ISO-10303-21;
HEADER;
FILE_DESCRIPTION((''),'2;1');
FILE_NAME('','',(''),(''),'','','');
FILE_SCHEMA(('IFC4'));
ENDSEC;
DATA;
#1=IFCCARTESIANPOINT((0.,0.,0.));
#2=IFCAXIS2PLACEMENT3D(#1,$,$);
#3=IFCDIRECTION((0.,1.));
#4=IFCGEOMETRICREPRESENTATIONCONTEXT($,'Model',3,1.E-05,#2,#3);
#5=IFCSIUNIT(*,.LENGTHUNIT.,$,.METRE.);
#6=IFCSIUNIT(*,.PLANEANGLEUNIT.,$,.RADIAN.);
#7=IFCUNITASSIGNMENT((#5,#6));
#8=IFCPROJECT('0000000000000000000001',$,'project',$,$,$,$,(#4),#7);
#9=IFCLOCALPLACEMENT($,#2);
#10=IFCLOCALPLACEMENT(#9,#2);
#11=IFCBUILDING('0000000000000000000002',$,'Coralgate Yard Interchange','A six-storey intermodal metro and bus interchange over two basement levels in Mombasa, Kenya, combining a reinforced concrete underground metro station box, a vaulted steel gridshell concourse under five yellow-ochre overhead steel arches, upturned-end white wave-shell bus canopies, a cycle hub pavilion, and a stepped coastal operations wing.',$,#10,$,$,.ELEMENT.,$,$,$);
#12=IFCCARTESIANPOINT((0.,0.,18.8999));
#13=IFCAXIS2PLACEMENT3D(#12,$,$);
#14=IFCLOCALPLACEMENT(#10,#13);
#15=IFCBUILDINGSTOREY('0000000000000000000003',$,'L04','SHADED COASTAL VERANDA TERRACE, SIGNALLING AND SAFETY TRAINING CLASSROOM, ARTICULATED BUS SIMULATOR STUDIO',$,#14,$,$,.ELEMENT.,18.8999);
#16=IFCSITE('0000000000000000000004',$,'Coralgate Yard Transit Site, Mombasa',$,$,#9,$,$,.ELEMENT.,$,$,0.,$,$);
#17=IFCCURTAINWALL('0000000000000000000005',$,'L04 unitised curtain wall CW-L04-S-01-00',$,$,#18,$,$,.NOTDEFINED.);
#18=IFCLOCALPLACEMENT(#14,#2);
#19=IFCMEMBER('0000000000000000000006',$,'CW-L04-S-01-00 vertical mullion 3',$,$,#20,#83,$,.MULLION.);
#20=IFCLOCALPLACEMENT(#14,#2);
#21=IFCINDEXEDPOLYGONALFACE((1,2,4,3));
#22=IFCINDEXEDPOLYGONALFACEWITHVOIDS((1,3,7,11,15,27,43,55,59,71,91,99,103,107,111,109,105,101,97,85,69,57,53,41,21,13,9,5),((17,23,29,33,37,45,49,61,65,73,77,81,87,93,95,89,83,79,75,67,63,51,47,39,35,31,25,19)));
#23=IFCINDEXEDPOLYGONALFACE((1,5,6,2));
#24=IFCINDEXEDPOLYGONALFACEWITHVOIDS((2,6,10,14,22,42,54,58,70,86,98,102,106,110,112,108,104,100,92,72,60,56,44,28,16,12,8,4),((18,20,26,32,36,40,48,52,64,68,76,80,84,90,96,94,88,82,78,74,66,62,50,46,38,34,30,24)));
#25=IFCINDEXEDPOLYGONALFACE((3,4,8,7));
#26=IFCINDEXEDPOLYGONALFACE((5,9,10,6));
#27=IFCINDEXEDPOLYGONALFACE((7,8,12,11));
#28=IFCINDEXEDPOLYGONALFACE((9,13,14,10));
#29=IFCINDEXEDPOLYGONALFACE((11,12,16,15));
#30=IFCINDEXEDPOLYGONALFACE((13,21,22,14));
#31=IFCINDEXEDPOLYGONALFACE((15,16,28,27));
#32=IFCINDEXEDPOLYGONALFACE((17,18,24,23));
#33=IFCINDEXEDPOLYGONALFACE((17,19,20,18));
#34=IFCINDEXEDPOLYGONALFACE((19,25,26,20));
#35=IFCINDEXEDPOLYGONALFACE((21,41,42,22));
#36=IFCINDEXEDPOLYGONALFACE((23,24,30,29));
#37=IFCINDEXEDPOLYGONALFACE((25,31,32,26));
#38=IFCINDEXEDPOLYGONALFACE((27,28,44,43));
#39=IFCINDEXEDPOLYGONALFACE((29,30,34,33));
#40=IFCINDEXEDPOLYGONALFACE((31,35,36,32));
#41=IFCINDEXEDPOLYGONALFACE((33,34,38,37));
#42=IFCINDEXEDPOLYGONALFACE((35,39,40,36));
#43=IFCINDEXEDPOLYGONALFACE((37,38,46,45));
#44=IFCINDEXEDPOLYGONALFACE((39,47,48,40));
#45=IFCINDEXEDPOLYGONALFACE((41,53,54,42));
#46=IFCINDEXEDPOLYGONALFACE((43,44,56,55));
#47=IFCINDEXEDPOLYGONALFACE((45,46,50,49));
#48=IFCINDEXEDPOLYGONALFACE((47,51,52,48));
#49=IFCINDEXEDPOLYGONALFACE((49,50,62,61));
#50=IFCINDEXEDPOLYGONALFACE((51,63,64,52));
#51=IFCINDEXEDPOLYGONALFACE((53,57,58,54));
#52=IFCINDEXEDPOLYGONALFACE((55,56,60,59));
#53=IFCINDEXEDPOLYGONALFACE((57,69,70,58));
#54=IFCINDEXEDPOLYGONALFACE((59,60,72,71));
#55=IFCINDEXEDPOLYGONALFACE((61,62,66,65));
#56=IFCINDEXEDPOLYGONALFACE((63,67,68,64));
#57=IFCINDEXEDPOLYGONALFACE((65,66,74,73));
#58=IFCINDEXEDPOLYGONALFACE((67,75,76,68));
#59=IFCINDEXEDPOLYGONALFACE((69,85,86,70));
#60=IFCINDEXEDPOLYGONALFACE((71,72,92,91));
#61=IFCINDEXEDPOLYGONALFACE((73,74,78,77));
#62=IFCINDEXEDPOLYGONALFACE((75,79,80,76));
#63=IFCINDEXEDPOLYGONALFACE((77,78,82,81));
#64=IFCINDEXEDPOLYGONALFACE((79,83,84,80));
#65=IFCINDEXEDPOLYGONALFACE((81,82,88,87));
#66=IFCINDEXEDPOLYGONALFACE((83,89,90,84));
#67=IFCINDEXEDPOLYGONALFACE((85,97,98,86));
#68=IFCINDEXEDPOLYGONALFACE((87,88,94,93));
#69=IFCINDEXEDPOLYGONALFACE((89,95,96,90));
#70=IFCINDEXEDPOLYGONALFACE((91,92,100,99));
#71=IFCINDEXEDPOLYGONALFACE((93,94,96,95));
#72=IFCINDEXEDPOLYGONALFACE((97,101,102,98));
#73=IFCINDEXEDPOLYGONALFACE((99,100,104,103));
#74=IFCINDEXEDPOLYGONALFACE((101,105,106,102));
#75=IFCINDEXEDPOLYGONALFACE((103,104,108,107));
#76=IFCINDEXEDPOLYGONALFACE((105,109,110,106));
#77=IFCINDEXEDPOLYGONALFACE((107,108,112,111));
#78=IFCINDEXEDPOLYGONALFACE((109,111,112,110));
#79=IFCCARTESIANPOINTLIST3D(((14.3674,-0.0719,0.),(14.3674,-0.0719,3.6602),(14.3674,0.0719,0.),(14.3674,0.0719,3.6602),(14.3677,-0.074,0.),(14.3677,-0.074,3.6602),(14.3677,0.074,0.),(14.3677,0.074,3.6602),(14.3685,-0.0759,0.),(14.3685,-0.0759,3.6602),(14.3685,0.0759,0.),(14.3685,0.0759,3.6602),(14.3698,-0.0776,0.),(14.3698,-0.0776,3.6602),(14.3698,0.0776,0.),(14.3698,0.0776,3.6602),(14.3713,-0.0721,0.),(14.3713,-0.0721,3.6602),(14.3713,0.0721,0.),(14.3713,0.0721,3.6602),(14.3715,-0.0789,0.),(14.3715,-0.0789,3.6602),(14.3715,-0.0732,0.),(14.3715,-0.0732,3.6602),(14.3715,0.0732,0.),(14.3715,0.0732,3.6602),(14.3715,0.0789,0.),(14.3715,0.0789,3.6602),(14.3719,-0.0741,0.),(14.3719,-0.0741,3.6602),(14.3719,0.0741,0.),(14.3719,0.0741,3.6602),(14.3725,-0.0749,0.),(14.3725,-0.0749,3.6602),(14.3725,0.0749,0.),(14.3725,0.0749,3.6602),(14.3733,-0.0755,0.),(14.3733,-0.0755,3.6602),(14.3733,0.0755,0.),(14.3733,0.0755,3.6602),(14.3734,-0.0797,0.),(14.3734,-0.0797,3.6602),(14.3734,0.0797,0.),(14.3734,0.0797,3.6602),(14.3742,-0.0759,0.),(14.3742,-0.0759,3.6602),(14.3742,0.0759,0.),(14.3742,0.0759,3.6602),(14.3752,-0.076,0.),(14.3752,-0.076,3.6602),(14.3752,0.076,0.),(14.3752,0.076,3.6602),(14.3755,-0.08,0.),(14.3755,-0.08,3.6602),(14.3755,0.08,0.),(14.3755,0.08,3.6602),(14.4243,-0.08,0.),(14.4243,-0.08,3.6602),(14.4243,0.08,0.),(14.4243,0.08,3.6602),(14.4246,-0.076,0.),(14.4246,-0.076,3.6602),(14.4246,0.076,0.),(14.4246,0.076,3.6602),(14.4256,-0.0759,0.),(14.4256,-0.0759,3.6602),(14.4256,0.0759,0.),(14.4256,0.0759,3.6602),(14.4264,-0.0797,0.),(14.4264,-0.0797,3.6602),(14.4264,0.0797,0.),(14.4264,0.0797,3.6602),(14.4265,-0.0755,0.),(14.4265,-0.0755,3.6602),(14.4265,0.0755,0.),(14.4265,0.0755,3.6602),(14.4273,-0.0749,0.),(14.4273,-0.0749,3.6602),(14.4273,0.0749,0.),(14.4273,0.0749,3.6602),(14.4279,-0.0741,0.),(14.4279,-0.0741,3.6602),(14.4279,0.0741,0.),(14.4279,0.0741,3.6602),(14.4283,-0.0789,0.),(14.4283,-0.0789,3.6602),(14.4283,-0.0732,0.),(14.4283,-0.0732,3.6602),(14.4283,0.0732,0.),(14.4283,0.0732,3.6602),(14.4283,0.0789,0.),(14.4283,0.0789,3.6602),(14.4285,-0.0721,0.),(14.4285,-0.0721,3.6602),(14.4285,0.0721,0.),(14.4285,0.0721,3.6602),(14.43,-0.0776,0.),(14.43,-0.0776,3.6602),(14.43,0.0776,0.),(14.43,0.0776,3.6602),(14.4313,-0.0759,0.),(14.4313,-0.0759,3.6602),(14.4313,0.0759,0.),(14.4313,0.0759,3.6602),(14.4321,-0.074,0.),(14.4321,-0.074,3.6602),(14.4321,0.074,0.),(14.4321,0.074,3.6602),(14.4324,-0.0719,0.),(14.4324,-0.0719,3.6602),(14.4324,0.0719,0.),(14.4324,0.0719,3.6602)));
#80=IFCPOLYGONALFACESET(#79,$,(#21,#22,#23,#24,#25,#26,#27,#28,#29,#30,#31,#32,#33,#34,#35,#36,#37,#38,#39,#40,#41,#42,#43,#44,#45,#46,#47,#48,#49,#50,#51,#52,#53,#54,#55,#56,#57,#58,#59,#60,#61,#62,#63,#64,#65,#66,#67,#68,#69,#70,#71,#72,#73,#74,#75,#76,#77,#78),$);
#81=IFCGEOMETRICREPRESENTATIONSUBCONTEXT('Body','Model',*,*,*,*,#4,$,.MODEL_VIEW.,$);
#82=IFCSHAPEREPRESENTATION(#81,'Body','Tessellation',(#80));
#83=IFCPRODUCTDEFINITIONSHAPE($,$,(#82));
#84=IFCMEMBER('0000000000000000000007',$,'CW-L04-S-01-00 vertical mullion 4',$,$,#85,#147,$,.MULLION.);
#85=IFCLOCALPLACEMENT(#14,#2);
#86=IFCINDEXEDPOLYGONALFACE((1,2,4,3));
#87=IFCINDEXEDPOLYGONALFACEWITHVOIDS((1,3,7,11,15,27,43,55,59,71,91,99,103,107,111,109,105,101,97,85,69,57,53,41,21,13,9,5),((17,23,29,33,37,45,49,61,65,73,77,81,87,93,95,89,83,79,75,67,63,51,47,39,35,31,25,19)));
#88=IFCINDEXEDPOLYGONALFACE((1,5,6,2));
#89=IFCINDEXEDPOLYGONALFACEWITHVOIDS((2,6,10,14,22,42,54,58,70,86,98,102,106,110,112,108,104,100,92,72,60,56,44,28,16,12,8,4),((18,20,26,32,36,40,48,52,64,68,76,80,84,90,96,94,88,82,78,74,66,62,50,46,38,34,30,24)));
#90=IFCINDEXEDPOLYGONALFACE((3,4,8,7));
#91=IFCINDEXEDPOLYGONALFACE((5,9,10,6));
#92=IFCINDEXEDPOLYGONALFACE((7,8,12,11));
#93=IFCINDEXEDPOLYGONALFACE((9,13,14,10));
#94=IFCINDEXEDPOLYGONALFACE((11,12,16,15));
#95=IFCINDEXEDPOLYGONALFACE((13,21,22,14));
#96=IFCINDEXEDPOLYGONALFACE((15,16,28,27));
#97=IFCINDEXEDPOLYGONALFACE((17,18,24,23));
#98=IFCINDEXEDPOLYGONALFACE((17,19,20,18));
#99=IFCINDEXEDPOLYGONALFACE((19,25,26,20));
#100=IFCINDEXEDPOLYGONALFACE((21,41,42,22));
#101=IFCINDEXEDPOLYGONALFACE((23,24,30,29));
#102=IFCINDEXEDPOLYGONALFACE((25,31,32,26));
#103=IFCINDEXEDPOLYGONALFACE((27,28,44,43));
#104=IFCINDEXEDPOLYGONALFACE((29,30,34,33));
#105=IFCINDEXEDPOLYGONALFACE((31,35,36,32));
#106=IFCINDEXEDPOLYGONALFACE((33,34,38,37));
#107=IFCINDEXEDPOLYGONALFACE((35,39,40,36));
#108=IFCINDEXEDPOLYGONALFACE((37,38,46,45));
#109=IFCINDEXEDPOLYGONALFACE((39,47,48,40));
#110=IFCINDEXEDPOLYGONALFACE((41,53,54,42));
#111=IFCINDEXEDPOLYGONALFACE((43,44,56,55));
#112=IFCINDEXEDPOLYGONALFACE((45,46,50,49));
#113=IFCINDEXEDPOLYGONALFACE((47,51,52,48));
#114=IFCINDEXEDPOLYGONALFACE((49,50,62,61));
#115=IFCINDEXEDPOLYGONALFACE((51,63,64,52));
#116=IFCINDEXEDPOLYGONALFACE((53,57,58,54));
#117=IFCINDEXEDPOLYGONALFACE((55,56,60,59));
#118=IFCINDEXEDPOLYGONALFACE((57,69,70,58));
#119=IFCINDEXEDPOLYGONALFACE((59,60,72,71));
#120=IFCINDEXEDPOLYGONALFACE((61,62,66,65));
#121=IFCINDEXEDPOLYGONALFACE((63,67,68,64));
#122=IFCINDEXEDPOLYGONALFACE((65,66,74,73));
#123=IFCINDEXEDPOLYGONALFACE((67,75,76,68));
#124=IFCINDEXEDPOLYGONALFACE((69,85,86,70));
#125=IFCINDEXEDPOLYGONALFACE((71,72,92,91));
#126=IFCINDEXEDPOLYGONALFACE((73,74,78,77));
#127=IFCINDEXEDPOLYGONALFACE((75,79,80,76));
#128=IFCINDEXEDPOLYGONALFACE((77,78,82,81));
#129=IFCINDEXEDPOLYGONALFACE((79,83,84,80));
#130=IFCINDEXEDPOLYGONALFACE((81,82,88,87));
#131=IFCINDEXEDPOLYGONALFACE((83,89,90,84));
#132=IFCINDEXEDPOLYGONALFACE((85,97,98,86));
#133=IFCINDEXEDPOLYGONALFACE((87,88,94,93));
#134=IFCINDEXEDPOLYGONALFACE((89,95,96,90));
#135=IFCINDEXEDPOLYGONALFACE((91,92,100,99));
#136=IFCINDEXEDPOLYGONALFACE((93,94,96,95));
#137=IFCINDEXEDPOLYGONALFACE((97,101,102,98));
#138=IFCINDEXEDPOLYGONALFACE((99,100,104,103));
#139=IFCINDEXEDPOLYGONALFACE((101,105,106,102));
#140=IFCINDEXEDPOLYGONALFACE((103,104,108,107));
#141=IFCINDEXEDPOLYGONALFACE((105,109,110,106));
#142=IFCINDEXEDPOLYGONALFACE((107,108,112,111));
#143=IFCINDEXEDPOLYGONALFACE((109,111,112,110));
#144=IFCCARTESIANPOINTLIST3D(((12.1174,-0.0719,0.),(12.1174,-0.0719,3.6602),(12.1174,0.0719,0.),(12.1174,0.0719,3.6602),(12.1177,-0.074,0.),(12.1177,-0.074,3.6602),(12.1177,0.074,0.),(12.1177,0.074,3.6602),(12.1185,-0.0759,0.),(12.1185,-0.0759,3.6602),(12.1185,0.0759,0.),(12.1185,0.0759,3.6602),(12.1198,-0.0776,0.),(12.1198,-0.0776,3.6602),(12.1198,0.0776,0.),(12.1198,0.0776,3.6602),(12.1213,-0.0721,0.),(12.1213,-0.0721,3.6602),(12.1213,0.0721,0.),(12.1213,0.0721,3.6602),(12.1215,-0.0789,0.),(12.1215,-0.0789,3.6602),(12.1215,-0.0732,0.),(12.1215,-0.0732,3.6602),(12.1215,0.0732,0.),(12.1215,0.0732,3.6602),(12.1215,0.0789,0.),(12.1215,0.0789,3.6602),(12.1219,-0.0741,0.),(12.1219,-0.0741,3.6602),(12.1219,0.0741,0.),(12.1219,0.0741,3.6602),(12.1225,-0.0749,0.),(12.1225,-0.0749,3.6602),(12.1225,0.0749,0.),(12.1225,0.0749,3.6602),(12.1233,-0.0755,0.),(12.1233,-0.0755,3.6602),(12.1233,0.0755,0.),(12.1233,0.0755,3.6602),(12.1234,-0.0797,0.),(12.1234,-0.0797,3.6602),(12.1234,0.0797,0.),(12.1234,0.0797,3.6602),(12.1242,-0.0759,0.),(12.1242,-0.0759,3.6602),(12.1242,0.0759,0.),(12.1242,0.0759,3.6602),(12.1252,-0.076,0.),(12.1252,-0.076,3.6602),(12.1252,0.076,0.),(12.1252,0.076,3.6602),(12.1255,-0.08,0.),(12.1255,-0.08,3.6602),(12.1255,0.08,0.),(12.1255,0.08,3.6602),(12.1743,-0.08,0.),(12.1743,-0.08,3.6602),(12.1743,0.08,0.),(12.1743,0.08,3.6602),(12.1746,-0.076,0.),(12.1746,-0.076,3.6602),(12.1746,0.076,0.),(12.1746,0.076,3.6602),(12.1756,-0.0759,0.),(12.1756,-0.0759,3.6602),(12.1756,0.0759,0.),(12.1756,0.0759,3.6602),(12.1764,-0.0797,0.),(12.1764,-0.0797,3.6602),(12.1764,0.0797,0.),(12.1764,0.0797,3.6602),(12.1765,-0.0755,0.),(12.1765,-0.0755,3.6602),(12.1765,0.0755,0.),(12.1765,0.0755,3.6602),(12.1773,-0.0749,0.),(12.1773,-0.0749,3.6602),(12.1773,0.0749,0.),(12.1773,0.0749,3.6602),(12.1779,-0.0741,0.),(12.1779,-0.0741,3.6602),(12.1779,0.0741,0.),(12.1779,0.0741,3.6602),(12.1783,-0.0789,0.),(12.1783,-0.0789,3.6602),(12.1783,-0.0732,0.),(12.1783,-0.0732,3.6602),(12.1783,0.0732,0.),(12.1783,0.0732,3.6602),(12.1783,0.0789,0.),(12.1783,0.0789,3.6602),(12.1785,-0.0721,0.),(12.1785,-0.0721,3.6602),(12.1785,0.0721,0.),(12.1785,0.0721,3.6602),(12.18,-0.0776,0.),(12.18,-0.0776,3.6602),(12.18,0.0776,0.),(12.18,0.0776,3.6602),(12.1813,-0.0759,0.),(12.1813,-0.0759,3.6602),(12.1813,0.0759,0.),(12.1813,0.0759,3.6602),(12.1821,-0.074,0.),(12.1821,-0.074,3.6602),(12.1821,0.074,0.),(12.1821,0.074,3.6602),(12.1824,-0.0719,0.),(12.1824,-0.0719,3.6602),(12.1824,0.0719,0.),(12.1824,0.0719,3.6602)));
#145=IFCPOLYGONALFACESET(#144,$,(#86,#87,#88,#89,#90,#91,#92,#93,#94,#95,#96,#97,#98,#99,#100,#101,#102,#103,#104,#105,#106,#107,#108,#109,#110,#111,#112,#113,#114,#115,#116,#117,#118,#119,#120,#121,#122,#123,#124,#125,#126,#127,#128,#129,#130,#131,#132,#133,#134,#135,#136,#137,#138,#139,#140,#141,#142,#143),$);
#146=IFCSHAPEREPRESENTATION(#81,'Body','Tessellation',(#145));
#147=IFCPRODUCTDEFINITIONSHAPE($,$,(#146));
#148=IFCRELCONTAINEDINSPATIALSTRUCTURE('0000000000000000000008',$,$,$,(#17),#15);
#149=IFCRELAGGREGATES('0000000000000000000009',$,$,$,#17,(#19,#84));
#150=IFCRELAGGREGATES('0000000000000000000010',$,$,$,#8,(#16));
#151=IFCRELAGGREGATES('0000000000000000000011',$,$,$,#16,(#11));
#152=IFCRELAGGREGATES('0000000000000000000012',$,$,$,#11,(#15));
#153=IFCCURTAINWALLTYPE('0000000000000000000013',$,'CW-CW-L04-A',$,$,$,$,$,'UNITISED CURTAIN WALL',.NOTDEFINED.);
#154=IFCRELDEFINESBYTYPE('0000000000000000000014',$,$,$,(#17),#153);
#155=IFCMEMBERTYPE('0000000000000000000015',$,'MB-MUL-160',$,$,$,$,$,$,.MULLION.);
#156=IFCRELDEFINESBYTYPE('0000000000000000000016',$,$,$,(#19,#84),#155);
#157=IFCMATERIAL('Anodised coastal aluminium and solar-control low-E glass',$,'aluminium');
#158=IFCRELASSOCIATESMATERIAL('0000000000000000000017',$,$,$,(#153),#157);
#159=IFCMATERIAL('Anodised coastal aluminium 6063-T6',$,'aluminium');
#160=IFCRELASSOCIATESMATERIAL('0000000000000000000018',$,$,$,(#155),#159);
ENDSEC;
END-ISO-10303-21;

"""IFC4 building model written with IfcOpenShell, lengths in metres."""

from ifc_helpers import new_model, si_unit, direction, frame, origin, origin_2d, place, context, subcontext, project, spatial, hollow_rectangle, extrude, material, material_profile, profile_set, type_object, element, aggregate, save


model = new_model("IFC4")

# Units and contexts
model_context = context("Model", 3, precision=1e-05, world=origin(), true_north=direction((0.0, 1.0)))
body_context = subcontext(model_context, "Body", "Model", "MODEL_VIEW")
ifc_project = project(units=[si_unit("LENGTHUNIT", "METRE"), si_unit("PLANEANGLEUNIT", "RADIAN")], contexts=[model_context])

# Site, building, storey
site_placement = place(None, origin())
site = spatial("IfcSite", under=ifc_project, at=site_placement, Name="Coralgate Yard Transit Site, Mombasa", CompositionType="ELEMENT", RefElevation=0.0)
building_placement = place(site_placement, origin())
building = spatial("IfcBuilding", under=site, at=building_placement, Name="Coralgate Yard Interchange", Description="A six-storey intermodal metro and bus interchange over two basement levels in Mombasa, Kenya, combining a reinforced concrete underground metro station box, a vaulted steel gridshell concourse under five yellow-ochre overhead steel arches, upturned-end white wave-shell bus canopies, a cycle hub pavilion, and a stepped coastal operations wing.", CompositionType="ELEMENT")
storey_placement = place(building_placement, frame((0.0, 0.0, 18.8999)))
storey = spatial("IfcBuildingStorey", under=building, at=storey_placement, Name="L04", Description="SHADED COASTAL VERANDA TERRACE, SIGNALLING AND SAFETY TRAINING CLASSROOM, ARTICULATED BUS SIMULATOR STUDIO", CompositionType="ELEMENT", Elevation=18.8999)

# Curtain wall, members
ifc_material_1 = material(Name="Anodised coastal aluminium and solar-control low-E glass", Category="aluminium")
curtain_wall_type = type_object("IfcCurtainWallType", Name="CW-CW-L04-A", ElementType="UNITISED CURTAIN WALL", PredefinedType="NOTDEFINED", material=ifc_material_1)
curtain_wall_placement = place(storey_placement, origin())
curtain_wall = element("IfcCurtainWall", 1, at=curtain_wall_placement, inside=storey, type_object=curtain_wall_type, Name="L04 unitised curtain wall CW-L04-S-01-00", PredefinedType="NOTDEFINED")
ifc_material_2 = material(Name="Anodised coastal aluminium 6063-T6", Category="aluminium")
ifc_material_profile_1 = material_profile(ifc_material_2, hollow_rectangle(XDim=0.0649, YDim=0.1599, WallThickness=0.0039, InnerFilletRadius=0.0039, OuterFilletRadius=0.0081, at=origin_2d()), Name="ALU 65x160x4")
ifc_profile_set_1 = profile_set([ifc_material_profile_1], Name="Anodised coastal aluminium 6063-T6")
member_type_1 = type_object("IfcMemberType", Name="MB-MUL-160", PredefinedType="MULLION", material=ifc_profile_set_1)
member_1_placement = place(storey_placement, frame((14.3999, 0.0, 0.0), z_axis=(0.0, 0.0, 1.0), x_axis=(1.0, 0.0, 0.0)))
member_1 = element("IfcMember", 2, at=member_1_placement, type_object=member_type_1, Name="CW-L04-S-01-00 vertical mullion 3", PredefinedType="MULLION", context=body_context, shape_type="SweptSolid", body=[
    extrude(hollow_rectangle(XDim=0.0649, YDim=0.1599, WallThickness=0.0039, InnerFilletRadius=0.0039, OuterFilletRadius=0.0081, at=origin_2d()), origin(), (0.0, 0.0, 1.0), 3.6602),
])
member_2_placement = place(storey_placement, frame((12.1499, 0.0, 0.0), z_axis=(0.0, 0.0, 1.0), x_axis=(1.0, 0.0, 0.0)))
member_2 = element("IfcMember", 3, at=member_2_placement, type_object=member_type_1, Name="CW-L04-S-01-00 vertical mullion 4", PredefinedType="MULLION", context=body_context, shape_type="SweptSolid", body=[
    extrude(hollow_rectangle(XDim=0.0649, YDim=0.1599, WallThickness=0.0039, InnerFilletRadius=0.0039, OuterFilletRadius=0.0081, at=origin_2d()), origin(), (0.0, 0.0, 1.0), 3.6602),
])
aggregate(curtain_wall, [member_1, member_2])

save(model, "model.ifc")
